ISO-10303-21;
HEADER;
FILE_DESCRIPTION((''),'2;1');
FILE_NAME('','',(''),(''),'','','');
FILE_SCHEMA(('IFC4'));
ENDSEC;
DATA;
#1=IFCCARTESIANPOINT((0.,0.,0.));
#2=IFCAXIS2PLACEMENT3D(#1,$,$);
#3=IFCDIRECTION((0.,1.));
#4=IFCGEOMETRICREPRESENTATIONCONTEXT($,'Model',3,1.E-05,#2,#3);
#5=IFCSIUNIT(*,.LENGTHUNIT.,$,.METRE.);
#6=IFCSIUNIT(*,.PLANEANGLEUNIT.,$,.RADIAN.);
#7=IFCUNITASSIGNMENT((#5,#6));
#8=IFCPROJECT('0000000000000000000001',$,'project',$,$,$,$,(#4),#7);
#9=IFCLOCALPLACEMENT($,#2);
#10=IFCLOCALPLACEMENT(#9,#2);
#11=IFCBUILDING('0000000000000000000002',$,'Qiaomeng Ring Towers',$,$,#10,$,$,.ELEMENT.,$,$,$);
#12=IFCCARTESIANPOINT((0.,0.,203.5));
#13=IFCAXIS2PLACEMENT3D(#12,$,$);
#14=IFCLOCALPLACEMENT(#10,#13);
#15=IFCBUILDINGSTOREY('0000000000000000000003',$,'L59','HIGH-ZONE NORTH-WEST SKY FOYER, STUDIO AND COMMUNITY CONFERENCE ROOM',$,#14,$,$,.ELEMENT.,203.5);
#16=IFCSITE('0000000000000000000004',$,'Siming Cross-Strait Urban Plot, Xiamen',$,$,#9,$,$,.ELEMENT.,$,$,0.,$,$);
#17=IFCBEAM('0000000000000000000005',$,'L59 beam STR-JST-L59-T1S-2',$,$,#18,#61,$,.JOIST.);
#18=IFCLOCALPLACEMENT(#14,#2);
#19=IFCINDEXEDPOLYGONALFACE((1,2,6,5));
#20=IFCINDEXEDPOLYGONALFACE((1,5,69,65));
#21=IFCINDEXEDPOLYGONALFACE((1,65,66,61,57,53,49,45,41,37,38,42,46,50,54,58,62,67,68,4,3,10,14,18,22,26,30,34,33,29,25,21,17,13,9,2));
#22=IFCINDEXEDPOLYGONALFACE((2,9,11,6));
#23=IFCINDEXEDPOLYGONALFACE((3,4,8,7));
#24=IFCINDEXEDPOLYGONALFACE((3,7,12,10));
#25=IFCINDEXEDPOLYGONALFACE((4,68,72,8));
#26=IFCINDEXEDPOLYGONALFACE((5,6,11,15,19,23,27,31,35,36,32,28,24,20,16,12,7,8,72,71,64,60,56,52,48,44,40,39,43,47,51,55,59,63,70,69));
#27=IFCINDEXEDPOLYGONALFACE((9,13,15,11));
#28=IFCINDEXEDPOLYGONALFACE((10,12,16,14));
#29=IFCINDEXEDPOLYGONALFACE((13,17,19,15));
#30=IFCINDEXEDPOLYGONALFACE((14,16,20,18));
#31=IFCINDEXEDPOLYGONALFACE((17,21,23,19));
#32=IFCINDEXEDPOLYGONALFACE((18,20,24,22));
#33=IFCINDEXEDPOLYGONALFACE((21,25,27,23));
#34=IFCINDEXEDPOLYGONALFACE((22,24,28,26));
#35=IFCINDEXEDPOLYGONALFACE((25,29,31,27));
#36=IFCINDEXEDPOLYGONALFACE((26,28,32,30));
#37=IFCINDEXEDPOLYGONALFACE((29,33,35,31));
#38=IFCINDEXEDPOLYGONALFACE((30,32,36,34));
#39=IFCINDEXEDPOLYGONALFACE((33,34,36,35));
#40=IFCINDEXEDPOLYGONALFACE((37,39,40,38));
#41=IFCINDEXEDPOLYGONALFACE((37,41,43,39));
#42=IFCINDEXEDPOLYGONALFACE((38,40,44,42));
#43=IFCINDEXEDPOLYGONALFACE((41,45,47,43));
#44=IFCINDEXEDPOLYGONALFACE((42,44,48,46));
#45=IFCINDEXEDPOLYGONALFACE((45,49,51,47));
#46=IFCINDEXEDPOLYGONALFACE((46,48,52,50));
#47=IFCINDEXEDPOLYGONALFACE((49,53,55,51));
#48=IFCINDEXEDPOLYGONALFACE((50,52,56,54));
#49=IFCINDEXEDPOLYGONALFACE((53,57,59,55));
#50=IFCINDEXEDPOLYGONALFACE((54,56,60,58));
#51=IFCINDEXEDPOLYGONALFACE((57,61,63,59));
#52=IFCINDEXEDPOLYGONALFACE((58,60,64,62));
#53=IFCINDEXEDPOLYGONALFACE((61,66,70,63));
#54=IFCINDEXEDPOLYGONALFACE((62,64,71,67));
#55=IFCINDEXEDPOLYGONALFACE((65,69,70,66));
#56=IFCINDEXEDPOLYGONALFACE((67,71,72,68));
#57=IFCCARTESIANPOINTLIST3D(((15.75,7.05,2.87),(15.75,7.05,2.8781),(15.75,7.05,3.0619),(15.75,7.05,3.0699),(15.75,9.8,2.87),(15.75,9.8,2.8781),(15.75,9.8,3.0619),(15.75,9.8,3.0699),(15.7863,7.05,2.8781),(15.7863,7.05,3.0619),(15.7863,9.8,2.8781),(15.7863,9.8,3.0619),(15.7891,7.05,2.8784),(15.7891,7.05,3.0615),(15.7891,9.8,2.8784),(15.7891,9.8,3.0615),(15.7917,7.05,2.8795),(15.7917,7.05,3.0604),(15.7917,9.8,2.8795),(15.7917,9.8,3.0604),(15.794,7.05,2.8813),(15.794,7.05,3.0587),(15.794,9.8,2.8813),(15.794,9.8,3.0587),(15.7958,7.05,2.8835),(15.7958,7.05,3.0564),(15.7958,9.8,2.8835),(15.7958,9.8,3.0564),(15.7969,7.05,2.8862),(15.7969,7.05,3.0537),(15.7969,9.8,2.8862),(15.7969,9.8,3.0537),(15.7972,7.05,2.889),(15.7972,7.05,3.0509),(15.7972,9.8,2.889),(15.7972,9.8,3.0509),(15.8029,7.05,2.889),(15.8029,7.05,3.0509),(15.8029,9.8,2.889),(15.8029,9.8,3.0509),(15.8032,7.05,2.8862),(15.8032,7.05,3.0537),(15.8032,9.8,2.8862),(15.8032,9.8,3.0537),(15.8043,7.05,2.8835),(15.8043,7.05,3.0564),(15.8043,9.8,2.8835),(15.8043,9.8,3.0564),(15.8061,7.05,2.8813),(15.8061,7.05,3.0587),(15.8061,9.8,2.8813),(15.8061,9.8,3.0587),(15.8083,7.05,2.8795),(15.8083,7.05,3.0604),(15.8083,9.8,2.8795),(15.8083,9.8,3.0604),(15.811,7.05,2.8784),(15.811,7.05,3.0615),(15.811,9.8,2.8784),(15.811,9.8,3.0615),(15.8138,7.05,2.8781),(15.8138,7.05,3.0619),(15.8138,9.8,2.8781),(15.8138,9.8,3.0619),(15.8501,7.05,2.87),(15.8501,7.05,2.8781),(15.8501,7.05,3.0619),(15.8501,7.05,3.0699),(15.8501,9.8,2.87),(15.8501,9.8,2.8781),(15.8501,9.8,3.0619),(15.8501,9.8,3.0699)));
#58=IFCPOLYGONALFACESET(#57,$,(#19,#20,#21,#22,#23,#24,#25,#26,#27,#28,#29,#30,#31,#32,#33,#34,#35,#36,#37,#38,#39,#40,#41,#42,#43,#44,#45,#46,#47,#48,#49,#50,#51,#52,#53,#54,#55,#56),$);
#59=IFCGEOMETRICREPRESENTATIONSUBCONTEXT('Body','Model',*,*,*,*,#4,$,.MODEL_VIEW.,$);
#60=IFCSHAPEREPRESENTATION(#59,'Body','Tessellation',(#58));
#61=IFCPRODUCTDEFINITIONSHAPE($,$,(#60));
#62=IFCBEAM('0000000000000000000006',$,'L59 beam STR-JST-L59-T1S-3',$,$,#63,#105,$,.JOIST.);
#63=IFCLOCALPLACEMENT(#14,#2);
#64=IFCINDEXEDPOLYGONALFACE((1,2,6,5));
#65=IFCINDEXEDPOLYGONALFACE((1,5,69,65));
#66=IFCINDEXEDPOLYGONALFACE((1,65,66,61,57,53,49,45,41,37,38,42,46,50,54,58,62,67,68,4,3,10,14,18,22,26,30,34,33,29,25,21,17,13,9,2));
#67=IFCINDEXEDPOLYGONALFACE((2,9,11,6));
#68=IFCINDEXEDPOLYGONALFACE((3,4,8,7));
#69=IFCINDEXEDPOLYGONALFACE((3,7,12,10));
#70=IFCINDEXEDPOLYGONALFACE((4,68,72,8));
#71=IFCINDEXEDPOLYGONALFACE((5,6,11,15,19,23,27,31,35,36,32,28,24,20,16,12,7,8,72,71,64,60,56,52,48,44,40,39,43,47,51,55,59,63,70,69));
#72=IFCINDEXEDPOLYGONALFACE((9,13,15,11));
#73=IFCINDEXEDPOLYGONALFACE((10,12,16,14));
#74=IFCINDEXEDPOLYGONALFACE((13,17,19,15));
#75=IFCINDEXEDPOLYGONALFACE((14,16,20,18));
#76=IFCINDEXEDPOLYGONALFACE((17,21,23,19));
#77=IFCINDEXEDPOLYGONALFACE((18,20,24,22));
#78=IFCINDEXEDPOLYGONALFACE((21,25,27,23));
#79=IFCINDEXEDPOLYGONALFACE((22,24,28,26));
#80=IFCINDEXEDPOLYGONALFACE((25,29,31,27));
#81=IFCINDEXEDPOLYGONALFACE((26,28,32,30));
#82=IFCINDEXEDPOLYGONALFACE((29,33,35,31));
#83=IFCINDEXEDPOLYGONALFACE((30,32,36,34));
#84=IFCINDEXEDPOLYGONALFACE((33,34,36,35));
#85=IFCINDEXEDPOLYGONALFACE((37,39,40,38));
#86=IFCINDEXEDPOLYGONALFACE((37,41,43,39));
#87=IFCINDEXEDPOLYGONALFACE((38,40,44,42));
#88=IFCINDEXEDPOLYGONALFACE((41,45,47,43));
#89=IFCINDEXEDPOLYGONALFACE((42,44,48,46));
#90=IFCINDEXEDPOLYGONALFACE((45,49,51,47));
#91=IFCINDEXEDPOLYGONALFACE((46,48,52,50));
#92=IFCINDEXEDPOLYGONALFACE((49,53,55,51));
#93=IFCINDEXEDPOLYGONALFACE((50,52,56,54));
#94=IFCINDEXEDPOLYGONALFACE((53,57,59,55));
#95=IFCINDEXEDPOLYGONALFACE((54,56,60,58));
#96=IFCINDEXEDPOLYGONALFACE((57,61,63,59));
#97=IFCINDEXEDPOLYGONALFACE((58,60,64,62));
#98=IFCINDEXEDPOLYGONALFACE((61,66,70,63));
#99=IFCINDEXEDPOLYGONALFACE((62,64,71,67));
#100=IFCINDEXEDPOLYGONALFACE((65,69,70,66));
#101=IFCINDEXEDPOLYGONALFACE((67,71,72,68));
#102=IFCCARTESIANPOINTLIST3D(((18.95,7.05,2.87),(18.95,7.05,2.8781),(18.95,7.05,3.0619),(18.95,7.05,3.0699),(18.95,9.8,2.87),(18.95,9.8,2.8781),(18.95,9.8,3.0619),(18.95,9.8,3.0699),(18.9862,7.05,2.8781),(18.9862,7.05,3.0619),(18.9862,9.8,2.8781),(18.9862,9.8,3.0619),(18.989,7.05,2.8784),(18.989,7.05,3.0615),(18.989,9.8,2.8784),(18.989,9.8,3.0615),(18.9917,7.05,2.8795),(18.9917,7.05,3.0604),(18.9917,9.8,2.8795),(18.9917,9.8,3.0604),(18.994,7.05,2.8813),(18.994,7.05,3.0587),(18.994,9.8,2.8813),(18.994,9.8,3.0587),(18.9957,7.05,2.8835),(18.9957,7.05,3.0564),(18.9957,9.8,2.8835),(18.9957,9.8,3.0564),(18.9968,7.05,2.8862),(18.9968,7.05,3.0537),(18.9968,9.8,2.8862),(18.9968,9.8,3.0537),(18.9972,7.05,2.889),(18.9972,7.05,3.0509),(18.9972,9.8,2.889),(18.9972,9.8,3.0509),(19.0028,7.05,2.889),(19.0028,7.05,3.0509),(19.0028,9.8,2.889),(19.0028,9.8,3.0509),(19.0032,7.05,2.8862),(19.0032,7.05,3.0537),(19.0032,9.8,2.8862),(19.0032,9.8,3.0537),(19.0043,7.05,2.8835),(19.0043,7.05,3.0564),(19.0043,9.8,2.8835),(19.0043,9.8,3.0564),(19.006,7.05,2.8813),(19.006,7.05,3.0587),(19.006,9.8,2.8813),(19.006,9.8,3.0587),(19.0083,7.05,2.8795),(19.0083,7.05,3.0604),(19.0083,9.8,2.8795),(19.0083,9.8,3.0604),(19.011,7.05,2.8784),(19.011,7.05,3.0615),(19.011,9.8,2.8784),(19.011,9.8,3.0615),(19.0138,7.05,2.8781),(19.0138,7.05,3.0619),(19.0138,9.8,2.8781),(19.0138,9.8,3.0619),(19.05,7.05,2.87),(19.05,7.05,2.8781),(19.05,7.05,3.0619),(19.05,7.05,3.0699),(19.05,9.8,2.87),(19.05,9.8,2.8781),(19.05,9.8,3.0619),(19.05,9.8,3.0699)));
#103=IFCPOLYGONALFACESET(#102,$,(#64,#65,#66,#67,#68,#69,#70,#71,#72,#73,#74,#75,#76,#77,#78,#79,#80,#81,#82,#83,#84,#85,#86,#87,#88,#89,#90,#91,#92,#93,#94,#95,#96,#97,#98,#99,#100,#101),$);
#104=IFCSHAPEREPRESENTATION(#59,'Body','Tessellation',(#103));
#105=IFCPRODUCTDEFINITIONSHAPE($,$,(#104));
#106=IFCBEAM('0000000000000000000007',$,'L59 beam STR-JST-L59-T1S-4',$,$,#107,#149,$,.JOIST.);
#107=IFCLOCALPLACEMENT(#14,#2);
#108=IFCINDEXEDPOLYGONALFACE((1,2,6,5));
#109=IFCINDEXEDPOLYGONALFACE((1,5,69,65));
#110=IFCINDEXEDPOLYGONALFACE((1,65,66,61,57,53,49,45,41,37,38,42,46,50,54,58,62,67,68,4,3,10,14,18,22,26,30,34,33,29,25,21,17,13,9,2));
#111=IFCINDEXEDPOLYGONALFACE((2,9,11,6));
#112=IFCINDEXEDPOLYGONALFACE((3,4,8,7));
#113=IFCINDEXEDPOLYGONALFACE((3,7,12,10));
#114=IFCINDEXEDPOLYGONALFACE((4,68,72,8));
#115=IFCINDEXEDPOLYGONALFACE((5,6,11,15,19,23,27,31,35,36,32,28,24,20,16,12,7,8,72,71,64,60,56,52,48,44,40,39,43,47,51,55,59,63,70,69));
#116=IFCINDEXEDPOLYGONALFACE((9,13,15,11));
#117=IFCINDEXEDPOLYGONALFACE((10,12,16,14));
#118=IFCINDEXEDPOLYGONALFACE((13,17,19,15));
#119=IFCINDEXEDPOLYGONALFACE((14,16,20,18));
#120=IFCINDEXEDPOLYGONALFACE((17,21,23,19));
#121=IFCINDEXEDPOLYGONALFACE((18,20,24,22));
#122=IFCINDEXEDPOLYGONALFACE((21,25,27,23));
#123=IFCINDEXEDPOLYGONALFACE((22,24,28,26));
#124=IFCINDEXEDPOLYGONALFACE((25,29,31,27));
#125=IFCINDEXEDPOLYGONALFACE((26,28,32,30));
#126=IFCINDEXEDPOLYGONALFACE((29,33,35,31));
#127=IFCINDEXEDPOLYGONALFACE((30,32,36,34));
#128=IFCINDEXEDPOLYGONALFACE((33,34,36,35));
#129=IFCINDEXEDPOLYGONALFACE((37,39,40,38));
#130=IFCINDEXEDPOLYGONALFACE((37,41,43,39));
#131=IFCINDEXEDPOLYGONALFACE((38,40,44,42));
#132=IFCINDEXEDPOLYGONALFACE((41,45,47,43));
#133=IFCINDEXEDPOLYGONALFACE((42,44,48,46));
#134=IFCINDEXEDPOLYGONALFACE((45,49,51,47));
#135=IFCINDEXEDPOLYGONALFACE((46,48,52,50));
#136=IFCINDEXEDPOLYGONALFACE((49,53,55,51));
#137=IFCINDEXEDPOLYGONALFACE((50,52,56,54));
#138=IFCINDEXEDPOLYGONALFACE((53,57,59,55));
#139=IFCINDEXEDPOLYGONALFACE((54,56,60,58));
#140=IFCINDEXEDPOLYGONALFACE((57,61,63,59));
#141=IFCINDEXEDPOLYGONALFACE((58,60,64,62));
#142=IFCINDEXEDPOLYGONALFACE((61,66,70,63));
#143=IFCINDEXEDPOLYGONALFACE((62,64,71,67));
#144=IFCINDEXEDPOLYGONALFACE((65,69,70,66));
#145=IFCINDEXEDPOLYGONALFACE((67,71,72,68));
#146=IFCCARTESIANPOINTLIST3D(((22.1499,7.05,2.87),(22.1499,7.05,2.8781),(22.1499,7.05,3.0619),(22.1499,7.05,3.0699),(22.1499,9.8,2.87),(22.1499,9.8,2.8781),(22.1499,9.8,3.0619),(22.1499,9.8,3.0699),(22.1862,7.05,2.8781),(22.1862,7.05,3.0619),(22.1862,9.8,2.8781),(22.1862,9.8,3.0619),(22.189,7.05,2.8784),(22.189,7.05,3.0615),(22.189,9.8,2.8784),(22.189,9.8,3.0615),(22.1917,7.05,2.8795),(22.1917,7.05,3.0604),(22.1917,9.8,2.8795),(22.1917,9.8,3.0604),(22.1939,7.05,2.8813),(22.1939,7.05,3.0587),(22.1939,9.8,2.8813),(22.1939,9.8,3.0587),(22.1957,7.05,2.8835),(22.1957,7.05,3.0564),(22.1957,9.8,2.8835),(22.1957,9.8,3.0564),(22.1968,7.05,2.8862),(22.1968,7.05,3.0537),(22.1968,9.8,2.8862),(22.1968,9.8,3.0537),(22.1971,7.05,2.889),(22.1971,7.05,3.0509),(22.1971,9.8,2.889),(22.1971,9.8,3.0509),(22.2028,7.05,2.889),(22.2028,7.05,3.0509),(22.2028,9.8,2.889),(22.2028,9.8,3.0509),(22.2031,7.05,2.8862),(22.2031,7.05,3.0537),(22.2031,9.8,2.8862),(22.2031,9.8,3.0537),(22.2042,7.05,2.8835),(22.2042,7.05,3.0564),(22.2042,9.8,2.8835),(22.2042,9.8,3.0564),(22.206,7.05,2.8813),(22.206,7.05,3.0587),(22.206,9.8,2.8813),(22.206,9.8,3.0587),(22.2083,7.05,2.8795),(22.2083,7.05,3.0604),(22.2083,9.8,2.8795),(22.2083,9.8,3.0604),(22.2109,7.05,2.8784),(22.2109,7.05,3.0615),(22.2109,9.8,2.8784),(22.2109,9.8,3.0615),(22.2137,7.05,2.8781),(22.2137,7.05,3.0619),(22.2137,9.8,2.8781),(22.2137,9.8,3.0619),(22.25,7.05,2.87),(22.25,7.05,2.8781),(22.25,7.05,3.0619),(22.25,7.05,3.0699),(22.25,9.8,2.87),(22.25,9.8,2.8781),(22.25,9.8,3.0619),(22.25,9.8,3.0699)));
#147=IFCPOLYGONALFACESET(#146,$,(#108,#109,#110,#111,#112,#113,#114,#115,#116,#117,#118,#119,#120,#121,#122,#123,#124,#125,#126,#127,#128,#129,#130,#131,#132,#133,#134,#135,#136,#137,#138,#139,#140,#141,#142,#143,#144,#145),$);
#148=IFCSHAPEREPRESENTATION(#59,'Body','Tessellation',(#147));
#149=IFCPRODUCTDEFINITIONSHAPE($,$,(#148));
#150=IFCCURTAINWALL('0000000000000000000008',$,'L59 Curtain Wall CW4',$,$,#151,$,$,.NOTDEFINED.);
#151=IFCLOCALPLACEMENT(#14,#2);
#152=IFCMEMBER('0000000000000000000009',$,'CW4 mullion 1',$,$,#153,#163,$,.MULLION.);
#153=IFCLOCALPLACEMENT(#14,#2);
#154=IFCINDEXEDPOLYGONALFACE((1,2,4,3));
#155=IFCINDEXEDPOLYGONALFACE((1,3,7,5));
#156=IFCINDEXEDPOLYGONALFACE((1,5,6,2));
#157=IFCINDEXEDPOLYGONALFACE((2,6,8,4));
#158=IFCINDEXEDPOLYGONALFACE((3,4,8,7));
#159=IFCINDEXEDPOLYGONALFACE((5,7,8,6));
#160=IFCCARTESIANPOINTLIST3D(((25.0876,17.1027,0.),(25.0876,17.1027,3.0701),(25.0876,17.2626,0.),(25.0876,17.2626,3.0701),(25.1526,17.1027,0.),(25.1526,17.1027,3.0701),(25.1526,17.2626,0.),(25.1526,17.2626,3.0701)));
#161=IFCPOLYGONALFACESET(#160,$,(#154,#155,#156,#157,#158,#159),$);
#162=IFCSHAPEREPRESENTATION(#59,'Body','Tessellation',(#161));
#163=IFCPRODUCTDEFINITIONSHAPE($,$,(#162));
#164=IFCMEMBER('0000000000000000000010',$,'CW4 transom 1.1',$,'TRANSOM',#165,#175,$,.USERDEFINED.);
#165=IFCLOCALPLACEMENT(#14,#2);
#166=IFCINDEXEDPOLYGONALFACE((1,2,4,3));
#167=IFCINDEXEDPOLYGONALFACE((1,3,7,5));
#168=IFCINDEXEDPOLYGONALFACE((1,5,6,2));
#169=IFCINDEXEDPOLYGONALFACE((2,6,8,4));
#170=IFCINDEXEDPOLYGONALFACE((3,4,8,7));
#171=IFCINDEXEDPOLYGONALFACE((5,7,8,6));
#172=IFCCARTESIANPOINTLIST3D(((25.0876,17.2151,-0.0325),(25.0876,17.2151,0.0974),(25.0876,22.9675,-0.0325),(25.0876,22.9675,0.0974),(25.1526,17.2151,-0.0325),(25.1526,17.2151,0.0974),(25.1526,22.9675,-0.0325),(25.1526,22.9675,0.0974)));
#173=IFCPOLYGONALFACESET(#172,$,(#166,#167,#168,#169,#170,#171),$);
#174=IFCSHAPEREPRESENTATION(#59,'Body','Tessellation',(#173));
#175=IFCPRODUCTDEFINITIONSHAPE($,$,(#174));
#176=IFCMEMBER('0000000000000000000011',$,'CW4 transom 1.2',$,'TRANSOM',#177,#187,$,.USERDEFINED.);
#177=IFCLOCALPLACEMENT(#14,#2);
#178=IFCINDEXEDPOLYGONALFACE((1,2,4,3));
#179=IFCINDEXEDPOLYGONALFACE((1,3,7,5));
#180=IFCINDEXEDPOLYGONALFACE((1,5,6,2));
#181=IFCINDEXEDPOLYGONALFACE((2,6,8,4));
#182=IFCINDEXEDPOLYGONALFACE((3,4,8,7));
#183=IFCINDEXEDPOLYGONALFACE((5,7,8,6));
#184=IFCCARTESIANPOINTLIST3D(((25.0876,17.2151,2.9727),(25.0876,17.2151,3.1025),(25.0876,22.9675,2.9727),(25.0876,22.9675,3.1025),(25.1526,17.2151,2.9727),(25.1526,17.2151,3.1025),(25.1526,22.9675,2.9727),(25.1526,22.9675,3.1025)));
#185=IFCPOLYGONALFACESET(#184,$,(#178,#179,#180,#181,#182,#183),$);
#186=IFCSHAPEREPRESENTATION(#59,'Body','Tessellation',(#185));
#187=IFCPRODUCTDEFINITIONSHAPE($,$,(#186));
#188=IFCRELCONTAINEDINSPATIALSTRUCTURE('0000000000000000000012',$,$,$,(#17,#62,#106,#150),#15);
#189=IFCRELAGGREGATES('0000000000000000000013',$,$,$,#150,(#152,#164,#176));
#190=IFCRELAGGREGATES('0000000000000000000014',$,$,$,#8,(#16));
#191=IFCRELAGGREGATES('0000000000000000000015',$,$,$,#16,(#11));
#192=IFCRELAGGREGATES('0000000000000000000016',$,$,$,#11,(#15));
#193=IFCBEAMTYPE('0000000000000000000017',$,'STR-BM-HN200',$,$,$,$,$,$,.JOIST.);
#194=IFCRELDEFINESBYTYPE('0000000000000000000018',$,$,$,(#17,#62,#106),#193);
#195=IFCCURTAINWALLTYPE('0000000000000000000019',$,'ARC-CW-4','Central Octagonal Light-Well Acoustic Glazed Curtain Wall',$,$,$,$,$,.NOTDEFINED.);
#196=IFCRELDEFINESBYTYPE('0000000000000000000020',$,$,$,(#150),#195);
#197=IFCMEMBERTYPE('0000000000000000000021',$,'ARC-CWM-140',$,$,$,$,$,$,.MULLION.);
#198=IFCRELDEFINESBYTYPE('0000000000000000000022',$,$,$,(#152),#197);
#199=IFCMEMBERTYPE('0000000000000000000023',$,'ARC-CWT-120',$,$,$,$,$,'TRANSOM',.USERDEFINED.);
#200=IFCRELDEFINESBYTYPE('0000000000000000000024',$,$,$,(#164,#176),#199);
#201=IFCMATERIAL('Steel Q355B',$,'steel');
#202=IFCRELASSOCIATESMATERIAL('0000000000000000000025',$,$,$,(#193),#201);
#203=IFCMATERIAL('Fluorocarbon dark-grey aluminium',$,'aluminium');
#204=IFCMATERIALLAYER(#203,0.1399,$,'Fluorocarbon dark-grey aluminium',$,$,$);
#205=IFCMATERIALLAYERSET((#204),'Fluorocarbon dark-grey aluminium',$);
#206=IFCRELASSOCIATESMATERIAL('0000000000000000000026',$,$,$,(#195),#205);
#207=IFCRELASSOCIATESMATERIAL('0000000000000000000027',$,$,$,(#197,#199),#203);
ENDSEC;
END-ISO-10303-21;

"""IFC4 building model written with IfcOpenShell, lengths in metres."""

from ifc_helpers import new_model, si_unit, direction, frame, origin, origin_2d, place, context, subcontext, project, spatial, rectangle, i_section, extrude, source, transform, mapped, material, layer, layer_set, material_profile, profile_set, type_object, element, aggregate, save


model = new_model("IFC4")

# Units and contexts
model_context = context("Model", 3, precision=1e-05, world=origin(), true_north=direction((0.0, 1.0)))
body_context = subcontext(model_context, "Body", "Model", "MODEL_VIEW")
ifc_project = project(units=[si_unit("LENGTHUNIT", "METRE"), si_unit("PLANEANGLEUNIT", "RADIAN")], contexts=[model_context])

# Site, building, storey
site_placement = place(None, origin())
site = spatial("IfcSite", under=ifc_project, at=site_placement, Name="Siming Cross-Strait Urban Plot, Xiamen", CompositionType="ELEMENT", RefElevation=0.0)
building_placement = place(site_placement, origin())
building = spatial("IfcBuilding", under=site, at=building_placement, Name="Qiaomeng Ring Towers", CompositionType="ELEMENT")
storey_placement = place(building_placement, frame((0.0, 0.0, 203.5)))
storey = spatial("IfcBuildingStorey", under=building, at=storey_placement, Name="L59", Description="HIGH-ZONE NORTH-WEST SKY FOYER, STUDIO AND COMMUNITY CONFERENCE ROOM", CompositionType="ELEMENT", Elevation=203.5)

# Beams
ifc_material_1 = material(Name="Steel Q355B", Category="steel")
ifc_material_profile_1 = material_profile(ifc_material_1, i_section(OverallWidth=0.1001, OverallDepth=0.2, WebThickness=0.0056, FlangeThickness=0.0081, FilletRadius=0.011, at=origin_2d()), Name="HN 200x100x5.5x8")
ifc_profile_set_1 = profile_set([ifc_material_profile_1], Name="Steel Q355B")
beam_type = type_object("IfcBeamType", Name="STR-BM-HN200", PredefinedType="JOIST", material=ifc_profile_set_1)
shared_shape_1 = source(origin(), body_context, "Body", "SweptSolid", [
    extrude(i_section(OverallWidth=0.1001, OverallDepth=0.2, WebThickness=0.0056, FlangeThickness=0.0081, FilletRadius=0.011, at=origin_2d()), origin(), (0.0, 0.0, 1.0), 2.75),
])
for number, where, z_axis, x_axis, name in (
    (1, (15.8, 7.05, 2.97), (0.0, 1.0, 0.0), (-1.0, 0.0, 0.0), "L59 beam STR-JST-L59-T1S-2"),
    (2, (19.0, 7.05, 2.97), (0.0, 1.0, 0.0), (-1.0, 0.0, 0.0), "L59 beam STR-JST-L59-T1S-3"),
    (3, (22.2, 7.05, 2.97), (0.0, 1.0, 0.0), (-1.0, 0.0, 0.0), "L59 beam STR-JST-L59-T1S-4"),
):
    element("IfcBeam", number, at=place(storey_placement, frame(where, z_axis=z_axis, x_axis=x_axis)), inside=storey, type_object=beam_type, Name=name, PredefinedType="JOIST", context=body_context, shape_type="MappedRepresentation", body=[
        mapped(shared_shape_1, transform((0.0, 0.0, 0.0), x_axis=(1.0, 0.0, 0.0), y_axis=(0.0, 1.0, 0.0), z_axis=(0.0, 0.0, 1.0), scale=1.0)),
    ])

# Curtain wall, members
ifc_material_2 = material(Name="Fluorocarbon dark-grey aluminium", Category="aluminium")
ifc_layer_1 = layer(ifc_material_2, 0.1399, Name="Fluorocarbon dark-grey aluminium")
ifc_layer_set_1 = layer_set([ifc_layer_1], Name="Fluorocarbon dark-grey aluminium")
curtain_wall_type = type_object("IfcCurtainWallType", Name="ARC-CW-4", Description="Central Octagonal Light-Well Acoustic Glazed Curtain Wall", PredefinedType="NOTDEFINED", material=ifc_layer_set_1)
curtain_wall_placement = place(storey_placement, origin())
curtain_wall = element("IfcCurtainWall", 4, at=curtain_wall_placement, inside=storey, type_object=curtain_wall_type, Name="L59 Curtain Wall CW4", PredefinedType="NOTDEFINED")
ifc_material_profile_2 = material_profile(ifc_material_2, rectangle(XDim=0.0649, YDim=0.1599, at=origin_2d()), Name="ALU MULL 65x160")
ifc_profile_set_2 = profile_set([ifc_material_profile_2], Name="Fluorocarbon dark-grey aluminium")
member_type_1 = type_object("IfcMemberType", Name="ARC-CWM-140", PredefinedType="MULLION", material=ifc_profile_set_2)
shared_shape_2 = source(origin(), body_context, "Body", "SweptSolid", [
    extrude(rectangle(XDim=0.0649, YDim=0.1599, at=origin_2d()), origin(), (0.0, 0.0, 1.0), 3.0701),
])
member_1_placement = place(storey_placement, frame((25.1201, 17.1826, 0.0), z_axis=(0.0, 0.0, 1.0), x_axis=(-1.0, 0.0, 0.0)))
member_1 = element("IfcMember", 5, at=member_1_placement, type_object=member_type_1, Name="CW4 mullion 1", PredefinedType="MULLION", context=body_context, shape_type="MappedRepresentation", body=[
    mapped(shared_shape_2, transform((0.0, 0.0, 0.0), x_axis=(1.0, 0.0, 0.0), y_axis=(0.0, 1.0, 0.0), z_axis=(0.0, 0.0, 1.0), scale=1.0)),
])
ifc_material_profile_3 = material_profile(ifc_material_2, rectangle(XDim=0.0649, YDim=0.1299, at=origin_2d()), Name="ALU TRAN 65x130")
ifc_profile_set_3 = profile_set([ifc_material_profile_3], Name="Fluorocarbon dark-grey aluminium")
member_type_2 = type_object("IfcMemberType", Name="ARC-CWT-120", ElementType="TRANSOM", PredefinedType="USERDEFINED", material=ifc_profile_set_3)
shared_shape_3 = source(origin(), body_context, "Body", "SweptSolid", [
    extrude(rectangle(XDim=0.0649, YDim=0.1299, at=origin_2d()), origin(), (0.0, 0.0, 1.0), 5.7524),
])
member_2_placement = place(storey_placement, frame((25.1201, 17.2151, 0.0325), z_axis=(0.0, 1.0, 0.0), x_axis=(-1.0, 0.0, 0.0)))
member_2 = element("IfcMember", 6, at=member_2_placement, type_object=member_type_2, Name="CW4 transom 1.1", ObjectType="TRANSOM", PredefinedType="USERDEFINED", context=body_context, shape_type="MappedRepresentation", body=[
    mapped(shared_shape_3, transform((0.0, 0.0, 0.0), x_axis=(1.0, 0.0, 0.0), y_axis=(0.0, 1.0, 0.0), z_axis=(0.0, 0.0, 1.0), scale=1.0)),
])
member_3_placement = place(storey_placement, frame((25.1201, 17.2151, 3.0376), z_axis=(0.0, 1.0, 0.0), x_axis=(-1.0, 0.0, 0.0)))
member_3 = element("IfcMember", 7, at=member_3_placement, type_object=member_type_2, Name="CW4 transom 1.2", ObjectType="TRANSOM", PredefinedType="USERDEFINED", context=body_context, shape_type="MappedRepresentation", body=[
    mapped(shared_shape_3, transform((0.0, 0.0, 0.0), x_axis=(1.0, 0.0, 0.0), y_axis=(0.0, 1.0, 0.0), z_axis=(0.0, 0.0, 1.0), scale=1.0)),
])
aggregate(curtain_wall, [member_1, member_2, member_3])

save(model, "model.ifc")
